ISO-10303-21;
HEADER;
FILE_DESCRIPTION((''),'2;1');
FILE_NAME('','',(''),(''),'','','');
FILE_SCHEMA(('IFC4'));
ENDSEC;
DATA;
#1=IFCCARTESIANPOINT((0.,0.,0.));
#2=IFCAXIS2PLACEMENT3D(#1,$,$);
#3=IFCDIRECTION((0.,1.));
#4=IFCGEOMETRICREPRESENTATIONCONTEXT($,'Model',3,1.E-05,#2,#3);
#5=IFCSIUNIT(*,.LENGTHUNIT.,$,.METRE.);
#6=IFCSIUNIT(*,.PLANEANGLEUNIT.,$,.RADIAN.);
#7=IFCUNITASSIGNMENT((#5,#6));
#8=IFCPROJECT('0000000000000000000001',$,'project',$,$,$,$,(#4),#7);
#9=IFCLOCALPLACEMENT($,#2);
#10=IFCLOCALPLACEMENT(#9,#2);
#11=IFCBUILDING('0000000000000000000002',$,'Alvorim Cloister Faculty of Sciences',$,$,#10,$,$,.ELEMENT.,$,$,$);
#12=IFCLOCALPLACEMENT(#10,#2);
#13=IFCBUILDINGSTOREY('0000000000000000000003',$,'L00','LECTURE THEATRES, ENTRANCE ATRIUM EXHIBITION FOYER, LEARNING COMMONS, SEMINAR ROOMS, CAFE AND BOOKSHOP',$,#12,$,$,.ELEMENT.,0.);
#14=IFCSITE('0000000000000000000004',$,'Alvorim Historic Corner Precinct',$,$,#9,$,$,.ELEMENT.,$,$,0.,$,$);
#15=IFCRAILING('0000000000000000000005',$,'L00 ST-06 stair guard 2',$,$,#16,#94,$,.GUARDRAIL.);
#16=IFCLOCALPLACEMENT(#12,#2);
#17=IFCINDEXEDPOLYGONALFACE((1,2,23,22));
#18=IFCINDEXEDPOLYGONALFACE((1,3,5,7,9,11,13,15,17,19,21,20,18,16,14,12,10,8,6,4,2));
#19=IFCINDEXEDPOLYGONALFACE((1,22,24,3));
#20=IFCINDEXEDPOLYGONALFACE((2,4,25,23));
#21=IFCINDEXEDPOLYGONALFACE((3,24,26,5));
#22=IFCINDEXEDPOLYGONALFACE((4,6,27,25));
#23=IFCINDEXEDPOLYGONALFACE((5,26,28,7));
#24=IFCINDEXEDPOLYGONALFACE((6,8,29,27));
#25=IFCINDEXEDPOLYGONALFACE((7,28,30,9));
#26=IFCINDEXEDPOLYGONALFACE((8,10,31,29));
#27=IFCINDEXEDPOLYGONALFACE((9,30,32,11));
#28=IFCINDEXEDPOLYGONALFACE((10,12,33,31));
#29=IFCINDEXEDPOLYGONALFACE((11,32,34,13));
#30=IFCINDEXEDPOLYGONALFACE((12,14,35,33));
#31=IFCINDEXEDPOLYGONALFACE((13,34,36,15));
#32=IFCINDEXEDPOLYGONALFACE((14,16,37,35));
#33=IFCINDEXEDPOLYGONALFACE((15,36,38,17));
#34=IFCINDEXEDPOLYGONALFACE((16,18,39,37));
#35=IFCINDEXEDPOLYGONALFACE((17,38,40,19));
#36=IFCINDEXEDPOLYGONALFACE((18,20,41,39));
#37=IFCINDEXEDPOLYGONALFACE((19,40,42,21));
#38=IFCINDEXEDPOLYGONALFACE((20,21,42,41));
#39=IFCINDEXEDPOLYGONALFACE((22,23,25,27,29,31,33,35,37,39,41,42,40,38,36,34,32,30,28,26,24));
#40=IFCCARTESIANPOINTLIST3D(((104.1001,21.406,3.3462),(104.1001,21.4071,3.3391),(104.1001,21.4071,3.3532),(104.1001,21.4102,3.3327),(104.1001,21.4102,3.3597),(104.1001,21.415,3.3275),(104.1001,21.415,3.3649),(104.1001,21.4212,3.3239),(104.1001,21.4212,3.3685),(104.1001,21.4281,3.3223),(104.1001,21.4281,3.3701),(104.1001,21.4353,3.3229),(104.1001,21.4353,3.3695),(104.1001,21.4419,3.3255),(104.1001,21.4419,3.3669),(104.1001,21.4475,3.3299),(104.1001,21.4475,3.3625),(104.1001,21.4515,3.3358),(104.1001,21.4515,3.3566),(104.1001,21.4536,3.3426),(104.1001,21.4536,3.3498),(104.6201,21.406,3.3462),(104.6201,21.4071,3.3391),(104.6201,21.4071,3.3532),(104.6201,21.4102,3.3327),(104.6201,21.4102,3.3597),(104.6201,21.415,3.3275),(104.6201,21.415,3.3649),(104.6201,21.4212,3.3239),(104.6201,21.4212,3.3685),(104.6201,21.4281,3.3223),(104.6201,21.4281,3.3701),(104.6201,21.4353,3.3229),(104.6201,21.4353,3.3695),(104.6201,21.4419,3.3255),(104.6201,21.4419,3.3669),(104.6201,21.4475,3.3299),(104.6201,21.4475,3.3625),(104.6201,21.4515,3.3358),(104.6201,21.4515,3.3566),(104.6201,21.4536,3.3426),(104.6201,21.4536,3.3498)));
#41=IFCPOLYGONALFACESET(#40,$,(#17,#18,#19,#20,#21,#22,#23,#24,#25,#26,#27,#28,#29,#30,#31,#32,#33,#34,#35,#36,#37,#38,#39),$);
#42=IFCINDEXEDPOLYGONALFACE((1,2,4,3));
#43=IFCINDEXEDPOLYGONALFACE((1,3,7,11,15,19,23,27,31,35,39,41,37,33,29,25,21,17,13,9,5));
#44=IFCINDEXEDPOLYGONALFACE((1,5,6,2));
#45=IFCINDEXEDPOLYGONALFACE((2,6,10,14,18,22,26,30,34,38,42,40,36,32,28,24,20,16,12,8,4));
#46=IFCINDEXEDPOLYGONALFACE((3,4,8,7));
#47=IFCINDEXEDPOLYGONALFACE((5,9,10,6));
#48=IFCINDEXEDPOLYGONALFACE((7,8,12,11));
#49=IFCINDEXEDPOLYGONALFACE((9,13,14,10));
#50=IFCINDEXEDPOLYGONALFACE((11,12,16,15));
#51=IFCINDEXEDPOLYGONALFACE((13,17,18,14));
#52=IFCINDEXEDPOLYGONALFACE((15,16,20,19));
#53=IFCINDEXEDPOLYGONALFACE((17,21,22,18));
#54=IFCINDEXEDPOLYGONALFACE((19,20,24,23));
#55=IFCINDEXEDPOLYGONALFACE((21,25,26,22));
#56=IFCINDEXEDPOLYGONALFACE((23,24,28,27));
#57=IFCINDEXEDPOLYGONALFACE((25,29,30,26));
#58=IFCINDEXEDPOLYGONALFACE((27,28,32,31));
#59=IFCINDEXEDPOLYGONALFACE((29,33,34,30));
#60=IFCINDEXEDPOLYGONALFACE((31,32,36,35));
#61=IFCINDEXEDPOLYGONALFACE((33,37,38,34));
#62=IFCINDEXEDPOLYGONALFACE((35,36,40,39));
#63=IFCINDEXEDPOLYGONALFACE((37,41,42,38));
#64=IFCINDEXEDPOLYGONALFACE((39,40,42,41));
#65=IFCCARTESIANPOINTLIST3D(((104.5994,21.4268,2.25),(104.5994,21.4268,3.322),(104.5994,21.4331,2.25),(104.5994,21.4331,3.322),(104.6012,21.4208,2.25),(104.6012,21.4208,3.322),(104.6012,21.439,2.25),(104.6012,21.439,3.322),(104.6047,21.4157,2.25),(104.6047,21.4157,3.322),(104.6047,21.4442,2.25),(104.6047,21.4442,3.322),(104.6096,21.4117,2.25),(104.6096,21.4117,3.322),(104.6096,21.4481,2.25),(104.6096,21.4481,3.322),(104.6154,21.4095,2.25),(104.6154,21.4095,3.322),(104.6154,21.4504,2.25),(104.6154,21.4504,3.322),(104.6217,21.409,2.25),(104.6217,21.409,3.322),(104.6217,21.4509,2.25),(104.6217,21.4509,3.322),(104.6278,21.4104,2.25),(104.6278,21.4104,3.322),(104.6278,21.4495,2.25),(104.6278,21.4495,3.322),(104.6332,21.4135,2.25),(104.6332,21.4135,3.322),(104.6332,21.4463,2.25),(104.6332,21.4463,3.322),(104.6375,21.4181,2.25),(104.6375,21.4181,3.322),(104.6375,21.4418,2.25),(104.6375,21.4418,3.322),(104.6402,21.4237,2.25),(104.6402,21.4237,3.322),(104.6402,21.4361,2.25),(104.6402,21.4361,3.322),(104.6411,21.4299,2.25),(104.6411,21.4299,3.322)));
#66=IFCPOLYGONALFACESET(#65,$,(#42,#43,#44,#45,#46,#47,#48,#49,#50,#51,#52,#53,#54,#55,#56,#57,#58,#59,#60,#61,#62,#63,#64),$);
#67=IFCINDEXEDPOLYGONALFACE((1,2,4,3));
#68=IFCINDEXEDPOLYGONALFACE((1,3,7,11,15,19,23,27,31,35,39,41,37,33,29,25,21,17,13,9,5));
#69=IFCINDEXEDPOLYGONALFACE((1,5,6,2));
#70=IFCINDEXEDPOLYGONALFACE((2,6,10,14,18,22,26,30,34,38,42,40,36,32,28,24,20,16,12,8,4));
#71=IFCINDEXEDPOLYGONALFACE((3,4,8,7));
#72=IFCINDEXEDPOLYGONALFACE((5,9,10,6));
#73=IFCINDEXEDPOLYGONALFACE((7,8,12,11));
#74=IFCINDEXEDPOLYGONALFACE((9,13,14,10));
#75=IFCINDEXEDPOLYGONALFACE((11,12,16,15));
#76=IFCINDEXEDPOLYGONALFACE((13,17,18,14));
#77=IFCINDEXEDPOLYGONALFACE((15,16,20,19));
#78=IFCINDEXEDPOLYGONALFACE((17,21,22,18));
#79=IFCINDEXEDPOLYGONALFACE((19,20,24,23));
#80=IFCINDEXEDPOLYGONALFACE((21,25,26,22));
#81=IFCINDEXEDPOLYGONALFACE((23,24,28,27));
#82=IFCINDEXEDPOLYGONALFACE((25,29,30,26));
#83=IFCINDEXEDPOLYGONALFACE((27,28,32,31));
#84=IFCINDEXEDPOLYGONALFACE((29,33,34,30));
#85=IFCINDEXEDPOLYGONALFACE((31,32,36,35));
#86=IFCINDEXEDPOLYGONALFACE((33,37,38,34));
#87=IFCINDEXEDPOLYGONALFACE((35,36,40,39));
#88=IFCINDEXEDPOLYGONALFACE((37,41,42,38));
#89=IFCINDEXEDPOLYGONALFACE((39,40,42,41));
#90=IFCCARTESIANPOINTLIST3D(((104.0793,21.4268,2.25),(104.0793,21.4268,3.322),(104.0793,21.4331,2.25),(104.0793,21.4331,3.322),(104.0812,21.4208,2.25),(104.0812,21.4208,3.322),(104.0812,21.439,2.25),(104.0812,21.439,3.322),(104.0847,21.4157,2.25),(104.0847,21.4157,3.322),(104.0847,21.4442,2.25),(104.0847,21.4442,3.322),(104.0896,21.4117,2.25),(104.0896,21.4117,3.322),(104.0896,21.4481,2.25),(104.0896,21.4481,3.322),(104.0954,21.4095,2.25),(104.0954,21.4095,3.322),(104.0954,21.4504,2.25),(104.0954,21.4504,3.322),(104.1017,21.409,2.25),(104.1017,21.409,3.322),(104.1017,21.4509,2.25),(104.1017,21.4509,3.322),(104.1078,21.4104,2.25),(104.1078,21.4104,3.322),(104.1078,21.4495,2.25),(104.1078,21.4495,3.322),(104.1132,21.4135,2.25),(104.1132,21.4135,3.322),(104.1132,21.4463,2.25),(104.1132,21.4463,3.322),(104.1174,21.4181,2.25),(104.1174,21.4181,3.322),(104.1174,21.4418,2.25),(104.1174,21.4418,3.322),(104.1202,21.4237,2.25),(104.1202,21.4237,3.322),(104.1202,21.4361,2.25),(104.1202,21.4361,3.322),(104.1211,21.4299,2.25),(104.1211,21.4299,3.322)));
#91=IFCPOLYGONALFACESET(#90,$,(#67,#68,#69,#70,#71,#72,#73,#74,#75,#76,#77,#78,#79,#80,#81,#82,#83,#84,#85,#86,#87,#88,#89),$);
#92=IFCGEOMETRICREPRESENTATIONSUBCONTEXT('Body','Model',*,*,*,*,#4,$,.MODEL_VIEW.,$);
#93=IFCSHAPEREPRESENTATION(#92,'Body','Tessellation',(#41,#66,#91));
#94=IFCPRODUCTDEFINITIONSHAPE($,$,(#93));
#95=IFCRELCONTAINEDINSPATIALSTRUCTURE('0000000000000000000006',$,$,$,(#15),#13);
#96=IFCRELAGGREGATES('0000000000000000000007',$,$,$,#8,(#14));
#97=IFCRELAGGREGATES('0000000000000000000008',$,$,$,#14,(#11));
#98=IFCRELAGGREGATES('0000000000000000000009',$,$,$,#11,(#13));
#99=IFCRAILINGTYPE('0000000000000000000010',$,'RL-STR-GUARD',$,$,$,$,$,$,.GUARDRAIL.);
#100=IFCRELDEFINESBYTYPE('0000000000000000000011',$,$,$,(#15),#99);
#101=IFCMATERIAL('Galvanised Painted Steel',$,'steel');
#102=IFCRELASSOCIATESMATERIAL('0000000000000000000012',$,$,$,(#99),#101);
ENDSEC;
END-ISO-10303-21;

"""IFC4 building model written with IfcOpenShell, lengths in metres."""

from ifc_helpers import new_model, si_unit, direction, frame, origin, origin_2d, place, context, subcontext, project, spatial, circle, extrude, material, type_object, element, save


model = new_model("IFC4")

# Units and contexts
model_context = context("Model", 3, precision=1e-05, world=origin(), true_north=direction((0.0, 1.0)))
body_context = subcontext(model_context, "Body", "Model", "MODEL_VIEW")
ifc_project = project(units=[si_unit("LENGTHUNIT", "METRE"), si_unit("PLANEANGLEUNIT", "RADIAN")], contexts=[model_context])

# Site, building, storey
site_placement = place(None, origin())
site = spatial("IfcSite", under=ifc_project, at=site_placement, Name="Alvorim Historic Corner Precinct", CompositionType="ELEMENT", RefElevation=0.0)
building_placement = place(site_placement, origin())
building = spatial("IfcBuilding", under=site, at=building_placement, Name="Alvorim Cloister Faculty of Sciences", CompositionType="ELEMENT")
storey_placement = place(building_placement, origin())
storey = spatial("IfcBuildingStorey", under=building, at=storey_placement, Name="L00", Description="LECTURE THEATRES, ENTRANCE ATRIUM EXHIBITION FOYER, LEARNING COMMONS, SEMINAR ROOMS, CAFE AND BOOKSHOP", CompositionType="ELEMENT", Elevation=0.0)

# Railing
ifc_material_1 = material(Name="Galvanised Painted Steel", Category="steel")
railing_type_1 = type_object("IfcRailingType", Name="RL-STR-GUARD", PredefinedType="GUARDRAIL", material=ifc_material_1)
railing_1_placement = place(storey_placement, frame((104.6201, 21.4299, 2.25)))
element("IfcRailing", 1, at=railing_1_placement, inside=storey, type_object=railing_type_1, Name="L00 ST-06 stair guard 2", PredefinedType="GUARDRAIL", context=body_context, shape_type="SweptSolid", body=[
    extrude(circle(Radius=0.0239, at=origin_2d()), frame((0.0, 0.0, 1.0962), z_axis=(-1.0, 0.0, 0.0), x_axis=(0.0, -1.0, 0.0)), (0.0, 0.0, 1.0), 0.52),
    extrude(circle(Radius=0.021, at=origin_2d()), origin(), (0.0, 0.0, 1.0), 1.072),
    extrude(circle(Radius=0.021, at=origin_2d()), frame((-0.52, 0.0, 0.0)), (0.0, 0.0, 1.0), 1.072),
])

save(model, "model.ifc")
